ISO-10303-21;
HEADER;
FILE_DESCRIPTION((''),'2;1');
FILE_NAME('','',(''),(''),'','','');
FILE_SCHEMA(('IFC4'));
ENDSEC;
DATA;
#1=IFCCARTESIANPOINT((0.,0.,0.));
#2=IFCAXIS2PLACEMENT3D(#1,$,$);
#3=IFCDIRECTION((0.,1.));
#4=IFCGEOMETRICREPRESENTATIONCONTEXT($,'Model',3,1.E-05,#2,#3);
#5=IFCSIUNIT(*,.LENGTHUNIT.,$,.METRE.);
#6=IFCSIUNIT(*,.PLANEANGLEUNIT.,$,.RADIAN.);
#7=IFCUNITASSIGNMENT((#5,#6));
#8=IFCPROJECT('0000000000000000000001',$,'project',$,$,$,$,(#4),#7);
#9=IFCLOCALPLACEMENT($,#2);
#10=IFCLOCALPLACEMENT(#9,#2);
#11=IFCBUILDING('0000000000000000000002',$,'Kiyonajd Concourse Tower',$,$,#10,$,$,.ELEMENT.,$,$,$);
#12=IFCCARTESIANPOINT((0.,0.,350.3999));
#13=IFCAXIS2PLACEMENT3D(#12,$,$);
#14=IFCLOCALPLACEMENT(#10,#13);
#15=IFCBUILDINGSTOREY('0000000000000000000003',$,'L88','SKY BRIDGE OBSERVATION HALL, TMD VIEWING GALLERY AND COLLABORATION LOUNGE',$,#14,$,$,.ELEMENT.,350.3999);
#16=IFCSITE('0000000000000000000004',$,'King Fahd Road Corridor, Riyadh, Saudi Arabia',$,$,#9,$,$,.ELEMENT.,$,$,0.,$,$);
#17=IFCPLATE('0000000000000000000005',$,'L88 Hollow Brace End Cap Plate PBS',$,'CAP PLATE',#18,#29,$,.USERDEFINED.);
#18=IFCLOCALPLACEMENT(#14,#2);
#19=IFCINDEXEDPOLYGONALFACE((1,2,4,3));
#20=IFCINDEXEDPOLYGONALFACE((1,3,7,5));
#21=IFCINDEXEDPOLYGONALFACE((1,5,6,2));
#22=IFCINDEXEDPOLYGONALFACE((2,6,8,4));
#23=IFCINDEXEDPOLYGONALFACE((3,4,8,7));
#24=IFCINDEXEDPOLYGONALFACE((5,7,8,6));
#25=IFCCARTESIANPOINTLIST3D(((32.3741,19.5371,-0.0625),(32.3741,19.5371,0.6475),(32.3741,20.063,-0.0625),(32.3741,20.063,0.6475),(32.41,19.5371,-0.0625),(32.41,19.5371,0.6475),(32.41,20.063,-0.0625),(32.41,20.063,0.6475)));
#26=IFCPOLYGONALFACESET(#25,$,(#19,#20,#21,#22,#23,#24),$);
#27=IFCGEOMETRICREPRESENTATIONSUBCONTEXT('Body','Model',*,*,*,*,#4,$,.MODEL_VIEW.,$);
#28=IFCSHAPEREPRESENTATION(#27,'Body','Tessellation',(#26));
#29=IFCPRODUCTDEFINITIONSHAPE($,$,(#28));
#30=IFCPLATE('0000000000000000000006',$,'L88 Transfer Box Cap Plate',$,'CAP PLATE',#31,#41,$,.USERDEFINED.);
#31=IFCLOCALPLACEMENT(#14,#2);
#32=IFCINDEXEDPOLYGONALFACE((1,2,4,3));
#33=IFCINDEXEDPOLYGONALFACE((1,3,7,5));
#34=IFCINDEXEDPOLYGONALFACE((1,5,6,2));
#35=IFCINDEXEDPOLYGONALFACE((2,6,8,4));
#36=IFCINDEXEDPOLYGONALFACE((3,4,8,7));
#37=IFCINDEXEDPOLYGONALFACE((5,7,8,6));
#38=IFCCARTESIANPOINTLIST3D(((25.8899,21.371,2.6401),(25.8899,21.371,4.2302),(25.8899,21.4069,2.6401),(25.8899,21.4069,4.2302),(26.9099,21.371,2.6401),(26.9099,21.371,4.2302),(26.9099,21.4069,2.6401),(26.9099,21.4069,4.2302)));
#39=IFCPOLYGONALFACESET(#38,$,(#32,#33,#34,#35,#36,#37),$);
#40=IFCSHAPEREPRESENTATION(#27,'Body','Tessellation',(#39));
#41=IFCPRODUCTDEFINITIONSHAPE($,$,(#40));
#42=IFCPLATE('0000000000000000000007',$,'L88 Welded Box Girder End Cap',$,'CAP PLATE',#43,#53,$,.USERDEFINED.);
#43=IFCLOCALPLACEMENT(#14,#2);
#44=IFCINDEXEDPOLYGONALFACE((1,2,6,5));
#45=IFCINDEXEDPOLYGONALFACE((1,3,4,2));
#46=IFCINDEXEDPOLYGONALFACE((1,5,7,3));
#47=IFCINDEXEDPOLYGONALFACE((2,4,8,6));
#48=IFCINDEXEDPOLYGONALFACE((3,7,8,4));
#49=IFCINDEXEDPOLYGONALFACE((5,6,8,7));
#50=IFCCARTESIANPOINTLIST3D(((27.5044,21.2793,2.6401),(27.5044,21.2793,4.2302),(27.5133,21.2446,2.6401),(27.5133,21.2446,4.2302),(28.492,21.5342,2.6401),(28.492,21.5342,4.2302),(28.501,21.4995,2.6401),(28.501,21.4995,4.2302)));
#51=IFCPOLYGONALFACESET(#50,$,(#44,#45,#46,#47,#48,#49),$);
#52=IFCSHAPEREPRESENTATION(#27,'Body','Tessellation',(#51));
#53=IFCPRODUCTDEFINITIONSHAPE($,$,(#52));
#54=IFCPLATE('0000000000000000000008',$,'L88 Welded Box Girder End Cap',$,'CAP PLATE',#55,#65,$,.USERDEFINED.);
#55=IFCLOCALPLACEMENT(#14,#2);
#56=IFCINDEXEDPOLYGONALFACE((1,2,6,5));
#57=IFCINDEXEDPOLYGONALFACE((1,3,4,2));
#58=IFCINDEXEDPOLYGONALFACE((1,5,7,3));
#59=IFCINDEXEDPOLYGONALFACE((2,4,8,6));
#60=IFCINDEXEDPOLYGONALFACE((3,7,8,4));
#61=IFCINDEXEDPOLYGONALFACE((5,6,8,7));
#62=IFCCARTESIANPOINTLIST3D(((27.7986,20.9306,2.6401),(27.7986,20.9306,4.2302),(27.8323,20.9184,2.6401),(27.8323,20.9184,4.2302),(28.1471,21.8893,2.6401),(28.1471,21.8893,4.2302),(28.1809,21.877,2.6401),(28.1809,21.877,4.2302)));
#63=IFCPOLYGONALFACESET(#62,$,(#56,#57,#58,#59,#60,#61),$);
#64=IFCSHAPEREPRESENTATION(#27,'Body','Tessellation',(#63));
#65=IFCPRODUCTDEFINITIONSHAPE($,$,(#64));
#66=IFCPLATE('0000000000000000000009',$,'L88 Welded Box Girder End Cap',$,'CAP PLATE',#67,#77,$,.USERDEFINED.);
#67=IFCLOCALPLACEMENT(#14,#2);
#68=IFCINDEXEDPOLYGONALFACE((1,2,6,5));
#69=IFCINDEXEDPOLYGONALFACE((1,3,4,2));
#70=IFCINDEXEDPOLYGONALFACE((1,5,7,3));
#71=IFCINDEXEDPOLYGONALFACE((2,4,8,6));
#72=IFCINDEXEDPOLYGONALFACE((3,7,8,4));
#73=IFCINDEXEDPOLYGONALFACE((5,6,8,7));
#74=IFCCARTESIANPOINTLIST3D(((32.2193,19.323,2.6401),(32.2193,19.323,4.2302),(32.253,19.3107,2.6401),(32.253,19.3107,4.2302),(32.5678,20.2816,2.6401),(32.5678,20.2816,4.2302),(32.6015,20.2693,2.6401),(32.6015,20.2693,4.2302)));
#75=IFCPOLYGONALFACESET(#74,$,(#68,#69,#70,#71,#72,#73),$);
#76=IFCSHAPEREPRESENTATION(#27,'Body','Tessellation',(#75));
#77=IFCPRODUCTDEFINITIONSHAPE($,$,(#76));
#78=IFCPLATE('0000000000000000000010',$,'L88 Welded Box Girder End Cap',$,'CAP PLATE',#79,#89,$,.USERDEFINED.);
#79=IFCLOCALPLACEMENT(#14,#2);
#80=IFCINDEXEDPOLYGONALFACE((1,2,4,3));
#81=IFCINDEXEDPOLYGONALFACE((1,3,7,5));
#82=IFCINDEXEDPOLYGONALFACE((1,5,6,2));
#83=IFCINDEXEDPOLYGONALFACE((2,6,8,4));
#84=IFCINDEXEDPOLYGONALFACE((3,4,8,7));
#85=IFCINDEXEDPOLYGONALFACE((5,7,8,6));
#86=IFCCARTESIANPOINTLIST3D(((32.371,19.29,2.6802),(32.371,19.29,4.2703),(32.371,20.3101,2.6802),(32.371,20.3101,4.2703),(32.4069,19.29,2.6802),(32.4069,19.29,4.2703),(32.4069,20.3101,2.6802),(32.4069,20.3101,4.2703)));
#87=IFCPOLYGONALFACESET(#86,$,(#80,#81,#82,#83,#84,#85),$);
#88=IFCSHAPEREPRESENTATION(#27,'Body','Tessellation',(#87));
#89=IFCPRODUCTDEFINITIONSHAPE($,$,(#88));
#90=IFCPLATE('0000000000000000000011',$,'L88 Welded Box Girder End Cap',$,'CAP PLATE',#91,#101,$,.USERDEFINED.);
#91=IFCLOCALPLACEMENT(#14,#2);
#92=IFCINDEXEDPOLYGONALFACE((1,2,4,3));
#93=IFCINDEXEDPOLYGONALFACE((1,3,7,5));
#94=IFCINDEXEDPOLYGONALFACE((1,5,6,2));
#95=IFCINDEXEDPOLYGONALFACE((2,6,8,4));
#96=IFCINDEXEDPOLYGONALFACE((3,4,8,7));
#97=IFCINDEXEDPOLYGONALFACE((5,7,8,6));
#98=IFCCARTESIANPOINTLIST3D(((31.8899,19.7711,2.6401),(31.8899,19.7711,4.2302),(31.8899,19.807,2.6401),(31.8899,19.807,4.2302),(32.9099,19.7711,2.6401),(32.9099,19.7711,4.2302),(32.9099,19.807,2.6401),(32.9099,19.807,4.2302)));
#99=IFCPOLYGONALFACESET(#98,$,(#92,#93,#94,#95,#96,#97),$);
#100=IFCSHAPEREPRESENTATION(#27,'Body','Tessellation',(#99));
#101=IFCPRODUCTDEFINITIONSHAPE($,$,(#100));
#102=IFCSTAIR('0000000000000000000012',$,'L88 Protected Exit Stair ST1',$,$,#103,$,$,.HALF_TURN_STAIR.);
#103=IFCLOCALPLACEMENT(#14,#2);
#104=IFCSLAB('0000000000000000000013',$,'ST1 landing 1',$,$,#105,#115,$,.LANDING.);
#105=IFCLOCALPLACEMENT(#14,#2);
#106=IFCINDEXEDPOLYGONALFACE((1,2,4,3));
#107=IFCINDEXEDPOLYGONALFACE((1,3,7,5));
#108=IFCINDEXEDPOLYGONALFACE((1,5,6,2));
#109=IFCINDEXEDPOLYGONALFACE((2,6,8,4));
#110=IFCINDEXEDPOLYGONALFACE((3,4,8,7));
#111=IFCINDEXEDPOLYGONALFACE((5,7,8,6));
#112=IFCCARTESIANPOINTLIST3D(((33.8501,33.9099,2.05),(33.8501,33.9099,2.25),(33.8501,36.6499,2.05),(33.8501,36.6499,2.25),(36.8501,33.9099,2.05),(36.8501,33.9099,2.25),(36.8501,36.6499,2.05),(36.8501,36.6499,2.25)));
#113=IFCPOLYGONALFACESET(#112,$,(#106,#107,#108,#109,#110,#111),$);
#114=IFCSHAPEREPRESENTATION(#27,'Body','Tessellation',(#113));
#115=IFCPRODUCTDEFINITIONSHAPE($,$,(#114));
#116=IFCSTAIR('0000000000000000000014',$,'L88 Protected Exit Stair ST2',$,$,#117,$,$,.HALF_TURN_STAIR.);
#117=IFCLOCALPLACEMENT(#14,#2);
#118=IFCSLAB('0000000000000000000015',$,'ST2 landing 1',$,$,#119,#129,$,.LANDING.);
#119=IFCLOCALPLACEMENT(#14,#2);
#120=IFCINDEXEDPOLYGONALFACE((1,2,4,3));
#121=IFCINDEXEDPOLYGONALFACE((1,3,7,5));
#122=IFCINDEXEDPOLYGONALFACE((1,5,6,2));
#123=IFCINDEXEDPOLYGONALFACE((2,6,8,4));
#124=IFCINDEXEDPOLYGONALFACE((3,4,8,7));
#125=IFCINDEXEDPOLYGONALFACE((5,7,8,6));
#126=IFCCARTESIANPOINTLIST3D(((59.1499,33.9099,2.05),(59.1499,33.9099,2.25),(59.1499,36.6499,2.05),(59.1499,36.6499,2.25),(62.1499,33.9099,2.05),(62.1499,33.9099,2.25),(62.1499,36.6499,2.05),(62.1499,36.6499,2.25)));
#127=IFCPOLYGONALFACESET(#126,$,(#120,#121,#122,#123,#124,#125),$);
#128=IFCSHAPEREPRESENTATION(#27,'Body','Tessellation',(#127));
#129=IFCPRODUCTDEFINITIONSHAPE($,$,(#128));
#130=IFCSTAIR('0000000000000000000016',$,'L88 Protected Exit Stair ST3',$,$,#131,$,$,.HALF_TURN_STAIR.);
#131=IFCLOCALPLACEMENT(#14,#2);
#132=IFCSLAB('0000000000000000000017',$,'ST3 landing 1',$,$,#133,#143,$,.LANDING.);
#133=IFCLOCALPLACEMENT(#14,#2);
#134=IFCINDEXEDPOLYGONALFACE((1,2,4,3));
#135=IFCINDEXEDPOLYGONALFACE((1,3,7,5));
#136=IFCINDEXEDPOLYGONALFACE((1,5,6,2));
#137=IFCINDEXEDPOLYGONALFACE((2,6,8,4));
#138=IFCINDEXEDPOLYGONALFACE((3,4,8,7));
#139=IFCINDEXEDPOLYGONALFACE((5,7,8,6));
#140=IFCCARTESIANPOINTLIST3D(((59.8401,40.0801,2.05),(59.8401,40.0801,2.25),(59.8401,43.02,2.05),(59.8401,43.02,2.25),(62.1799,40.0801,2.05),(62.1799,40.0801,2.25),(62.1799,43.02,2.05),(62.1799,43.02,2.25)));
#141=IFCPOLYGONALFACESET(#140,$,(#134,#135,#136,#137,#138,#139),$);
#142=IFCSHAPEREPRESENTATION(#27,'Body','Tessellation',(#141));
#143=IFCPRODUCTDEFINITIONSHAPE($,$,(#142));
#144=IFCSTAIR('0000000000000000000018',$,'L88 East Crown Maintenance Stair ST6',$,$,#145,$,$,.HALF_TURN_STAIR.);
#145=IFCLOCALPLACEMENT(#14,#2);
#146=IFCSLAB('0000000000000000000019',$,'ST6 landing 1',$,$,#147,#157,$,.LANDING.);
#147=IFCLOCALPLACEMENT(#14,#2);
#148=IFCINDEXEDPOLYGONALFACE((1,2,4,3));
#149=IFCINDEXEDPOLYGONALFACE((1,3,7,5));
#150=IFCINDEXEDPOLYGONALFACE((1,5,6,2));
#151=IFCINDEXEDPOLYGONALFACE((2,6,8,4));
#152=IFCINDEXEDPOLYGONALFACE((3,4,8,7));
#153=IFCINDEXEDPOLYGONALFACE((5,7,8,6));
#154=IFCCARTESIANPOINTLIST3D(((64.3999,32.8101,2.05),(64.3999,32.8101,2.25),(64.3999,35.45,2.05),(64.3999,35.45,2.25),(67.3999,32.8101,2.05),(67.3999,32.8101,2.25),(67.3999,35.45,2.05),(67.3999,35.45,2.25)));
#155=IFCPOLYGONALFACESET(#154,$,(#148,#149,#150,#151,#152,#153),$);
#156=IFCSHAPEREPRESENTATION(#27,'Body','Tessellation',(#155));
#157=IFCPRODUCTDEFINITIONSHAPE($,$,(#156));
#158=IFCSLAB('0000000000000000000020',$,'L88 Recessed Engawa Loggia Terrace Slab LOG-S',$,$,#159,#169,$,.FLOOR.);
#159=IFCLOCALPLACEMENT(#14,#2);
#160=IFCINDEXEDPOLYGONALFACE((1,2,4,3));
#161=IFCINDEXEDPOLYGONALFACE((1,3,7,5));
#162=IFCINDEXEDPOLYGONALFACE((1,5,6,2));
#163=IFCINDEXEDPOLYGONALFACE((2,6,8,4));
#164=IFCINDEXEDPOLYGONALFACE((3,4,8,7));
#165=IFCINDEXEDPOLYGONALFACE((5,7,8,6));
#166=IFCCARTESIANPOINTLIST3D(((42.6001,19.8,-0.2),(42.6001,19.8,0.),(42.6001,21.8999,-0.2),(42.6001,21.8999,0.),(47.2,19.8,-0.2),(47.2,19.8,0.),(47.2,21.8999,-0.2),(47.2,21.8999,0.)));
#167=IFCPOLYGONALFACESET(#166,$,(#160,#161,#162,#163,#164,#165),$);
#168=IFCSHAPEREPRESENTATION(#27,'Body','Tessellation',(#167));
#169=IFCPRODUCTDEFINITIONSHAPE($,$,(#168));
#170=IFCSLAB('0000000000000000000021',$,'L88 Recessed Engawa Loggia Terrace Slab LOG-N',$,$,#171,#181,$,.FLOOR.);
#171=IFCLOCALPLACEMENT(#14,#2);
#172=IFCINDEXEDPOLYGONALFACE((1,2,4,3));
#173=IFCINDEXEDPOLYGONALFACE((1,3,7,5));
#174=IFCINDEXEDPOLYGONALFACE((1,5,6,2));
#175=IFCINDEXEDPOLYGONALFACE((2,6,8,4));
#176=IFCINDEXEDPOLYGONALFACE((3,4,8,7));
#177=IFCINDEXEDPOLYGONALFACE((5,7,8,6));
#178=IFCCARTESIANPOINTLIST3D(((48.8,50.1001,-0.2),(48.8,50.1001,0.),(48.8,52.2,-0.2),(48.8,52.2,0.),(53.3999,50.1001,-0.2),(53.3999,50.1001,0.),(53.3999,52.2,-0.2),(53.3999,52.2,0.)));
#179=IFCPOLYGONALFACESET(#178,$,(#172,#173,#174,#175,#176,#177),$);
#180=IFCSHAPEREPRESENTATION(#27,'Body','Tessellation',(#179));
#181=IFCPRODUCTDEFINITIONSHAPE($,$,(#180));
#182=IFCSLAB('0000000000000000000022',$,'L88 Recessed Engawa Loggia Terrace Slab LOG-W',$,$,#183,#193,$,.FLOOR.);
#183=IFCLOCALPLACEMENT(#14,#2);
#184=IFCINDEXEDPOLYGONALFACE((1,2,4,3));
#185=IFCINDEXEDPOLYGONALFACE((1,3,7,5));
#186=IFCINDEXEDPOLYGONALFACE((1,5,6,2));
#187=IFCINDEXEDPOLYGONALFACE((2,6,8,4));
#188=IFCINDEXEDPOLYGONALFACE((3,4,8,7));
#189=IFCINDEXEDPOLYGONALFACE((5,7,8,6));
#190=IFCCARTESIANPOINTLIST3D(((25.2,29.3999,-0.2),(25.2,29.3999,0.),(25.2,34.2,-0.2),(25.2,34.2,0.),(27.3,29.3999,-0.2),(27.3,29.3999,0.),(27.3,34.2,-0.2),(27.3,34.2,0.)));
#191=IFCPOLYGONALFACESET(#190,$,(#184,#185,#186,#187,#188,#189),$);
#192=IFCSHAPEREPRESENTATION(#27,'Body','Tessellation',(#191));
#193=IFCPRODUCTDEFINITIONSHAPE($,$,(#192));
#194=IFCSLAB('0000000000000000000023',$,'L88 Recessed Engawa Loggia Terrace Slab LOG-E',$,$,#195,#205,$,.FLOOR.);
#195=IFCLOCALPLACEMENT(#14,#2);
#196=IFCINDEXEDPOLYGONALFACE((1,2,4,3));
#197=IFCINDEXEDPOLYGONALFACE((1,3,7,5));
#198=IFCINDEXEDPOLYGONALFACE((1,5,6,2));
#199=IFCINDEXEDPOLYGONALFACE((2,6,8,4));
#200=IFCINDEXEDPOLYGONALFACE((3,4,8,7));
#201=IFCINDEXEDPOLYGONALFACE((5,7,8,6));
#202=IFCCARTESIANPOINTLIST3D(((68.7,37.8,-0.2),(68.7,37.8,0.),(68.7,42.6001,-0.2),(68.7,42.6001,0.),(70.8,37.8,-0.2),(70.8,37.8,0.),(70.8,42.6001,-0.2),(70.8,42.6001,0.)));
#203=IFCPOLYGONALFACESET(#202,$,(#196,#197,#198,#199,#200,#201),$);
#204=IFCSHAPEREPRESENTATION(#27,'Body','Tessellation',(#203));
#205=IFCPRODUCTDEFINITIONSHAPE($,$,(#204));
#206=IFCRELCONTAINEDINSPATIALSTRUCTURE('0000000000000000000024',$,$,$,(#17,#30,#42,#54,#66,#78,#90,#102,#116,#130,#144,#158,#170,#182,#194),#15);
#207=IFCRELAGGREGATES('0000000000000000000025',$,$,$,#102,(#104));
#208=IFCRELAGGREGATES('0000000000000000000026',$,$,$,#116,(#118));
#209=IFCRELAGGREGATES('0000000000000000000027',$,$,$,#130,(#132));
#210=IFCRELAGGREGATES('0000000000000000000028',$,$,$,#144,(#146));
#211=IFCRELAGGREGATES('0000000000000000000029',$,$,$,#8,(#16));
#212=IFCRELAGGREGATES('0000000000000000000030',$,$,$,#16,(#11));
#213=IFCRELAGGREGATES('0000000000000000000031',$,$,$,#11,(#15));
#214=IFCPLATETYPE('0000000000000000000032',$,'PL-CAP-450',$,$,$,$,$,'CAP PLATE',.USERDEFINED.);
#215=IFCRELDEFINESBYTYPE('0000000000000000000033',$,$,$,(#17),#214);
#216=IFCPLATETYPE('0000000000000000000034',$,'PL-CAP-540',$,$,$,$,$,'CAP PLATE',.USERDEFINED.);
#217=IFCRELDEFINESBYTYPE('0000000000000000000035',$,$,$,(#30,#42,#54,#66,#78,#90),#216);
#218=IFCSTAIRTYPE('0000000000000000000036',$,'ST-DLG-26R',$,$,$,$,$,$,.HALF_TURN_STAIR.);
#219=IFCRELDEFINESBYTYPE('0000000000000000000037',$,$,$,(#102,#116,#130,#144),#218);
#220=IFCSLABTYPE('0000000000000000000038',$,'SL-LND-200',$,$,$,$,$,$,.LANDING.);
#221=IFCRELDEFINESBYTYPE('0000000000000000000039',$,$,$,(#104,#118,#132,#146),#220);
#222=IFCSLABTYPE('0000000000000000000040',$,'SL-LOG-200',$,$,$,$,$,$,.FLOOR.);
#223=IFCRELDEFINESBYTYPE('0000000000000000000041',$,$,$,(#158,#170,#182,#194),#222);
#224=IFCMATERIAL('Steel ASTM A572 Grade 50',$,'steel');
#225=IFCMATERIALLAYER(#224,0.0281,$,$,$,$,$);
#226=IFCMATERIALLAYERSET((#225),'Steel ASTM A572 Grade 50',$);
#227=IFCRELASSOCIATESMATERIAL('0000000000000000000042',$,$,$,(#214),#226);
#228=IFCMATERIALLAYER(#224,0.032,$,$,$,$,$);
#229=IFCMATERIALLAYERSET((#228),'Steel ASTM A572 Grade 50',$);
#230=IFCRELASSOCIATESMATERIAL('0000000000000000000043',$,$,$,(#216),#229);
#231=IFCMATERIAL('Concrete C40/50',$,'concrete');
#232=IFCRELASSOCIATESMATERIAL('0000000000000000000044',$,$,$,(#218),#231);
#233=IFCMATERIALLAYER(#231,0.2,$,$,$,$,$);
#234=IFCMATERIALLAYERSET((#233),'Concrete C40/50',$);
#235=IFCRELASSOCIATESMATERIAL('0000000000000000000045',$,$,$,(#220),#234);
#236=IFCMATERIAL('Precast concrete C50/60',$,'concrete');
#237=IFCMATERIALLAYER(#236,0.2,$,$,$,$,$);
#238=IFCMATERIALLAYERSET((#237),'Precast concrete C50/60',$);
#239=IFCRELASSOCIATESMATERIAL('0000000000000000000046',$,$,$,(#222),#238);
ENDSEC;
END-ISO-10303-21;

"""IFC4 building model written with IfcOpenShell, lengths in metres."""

from ifc_helpers import new_model, si_unit, direction, frame, origin, origin_2d, place, context, subcontext, project, spatial, polyline, rectangle, outline, extrude, material, layer, layer_set, type_object, element, aggregate, save


model = new_model("IFC4")

# Units and contexts
model_context = context("Model", 3, precision=1e-05, world=origin(), true_north=direction((0.0, 1.0)))
body_context = subcontext(model_context, "Body", "Model", "MODEL_VIEW")
ifc_project = project(units=[si_unit("LENGTHUNIT", "METRE"), si_unit("PLANEANGLEUNIT", "RADIAN")], contexts=[model_context])

# Site, building, storey
site_placement = place(None, origin())
site = spatial("IfcSite", under=ifc_project, at=site_placement, Name="King Fahd Road Corridor, Riyadh, Saudi Arabia", CompositionType="ELEMENT", RefElevation=0.0)
building_placement = place(site_placement, origin())
building = spatial("IfcBuilding", under=site, at=building_placement, Name="Kiyonajd Concourse Tower", CompositionType="ELEMENT")
storey_placement = place(building_placement, frame((0.0, 0.0, 350.3999)))
storey = spatial("IfcBuildingStorey", under=building, at=storey_placement, Name="L88", Description="SKY BRIDGE OBSERVATION HALL, TMD VIEWING GALLERY AND COLLABORATION LOUNGE", CompositionType="ELEMENT", Elevation=350.3999)

# Shared definitions
ifc_material_1 = material(Name="Steel ASTM A572 Grade 50", Category="steel")

# Plates
ifc_layer_1 = layer(ifc_material_1, 0.0281)
ifc_layer_set_1 = layer_set([ifc_layer_1], Name="Steel ASTM A572 Grade 50")
plate_type_1 = type_object("IfcPlateType", Name="PL-CAP-450", ElementType="CAP PLATE", PredefinedType="USERDEFINED", material=ifc_layer_set_1)
plate_placement = place(storey_placement, frame((32.3921, 19.8, -0.0625), z_axis=(0.0, 0.0, 1.0), x_axis=(-1.0, 0.0, 0.0)))
element("IfcPlate", 1, at=plate_placement, inside=storey, type_object=plate_type_1, Name="L88 Hollow Brace End Cap Plate PBS", ObjectType="CAP PLATE", PredefinedType="USERDEFINED", context=body_context, shape_type="SweptSolid", body=[
    extrude(rectangle(XDim=0.0359, YDim=0.5259, at=origin_2d()), origin(), (0.0, 0.0, 1.0), 0.71),
])
ifc_layer_2 = layer(ifc_material_1, 0.032)
ifc_layer_set_2 = layer_set([ifc_layer_2], Name="Steel ASTM A572 Grade 50")
plate_type_2 = type_object("IfcPlateType", Name="PL-CAP-540", ElementType="CAP PLATE", PredefinedType="USERDEFINED", material=ifc_layer_set_2)
for number, where, z_axis, x_axis, name in (
    (2, (26.3999, 21.3889, 2.6401), (0.0, 0.0, 1.0), (0.0, -1.0, 0.0), "L88 Transfer Box Cap Plate"),
    (3, (28.0027, 21.3894, 2.6401), (0.0, 0.0, 1.0), (0.249873, -0.968279, 0.0), "L88 Welded Box Girder End Cap"),
    (4, (27.9897, 21.4038, 2.6401), (0.0, 0.0, 1.0), (-0.939812, 0.341692, 0.0), "L88 Welded Box Girder End Cap"),
    (5, (32.4104, 19.7961, 2.6401), (0.0, 0.0, 1.0), (0.939812, -0.341692, 0.0), "L88 Welded Box Girder End Cap"),
    (6, (32.3889, 19.8, 2.6802), (0.0, 0.0, 1.0), (-1.0, 0.0, 0.0), "L88 Welded Box Girder End Cap"),
    (7, (32.3999, 19.7891, 2.6401), (0.0, 0.0, 1.0), (0.0, -1.0, 0.0), "L88 Welded Box Girder End Cap"),
):
    element("IfcPlate", number, at=place(storey_placement, frame(where, z_axis=z_axis, x_axis=x_axis)), inside=storey, type_object=plate_type_2, Name=name, ObjectType="CAP PLATE", PredefinedType="USERDEFINED", context=body_context, shape_type="SweptSolid", body=[
        extrude(rectangle(XDim=0.0359, YDim=1.02, at=origin_2d()), origin(), (0.0, 0.0, 1.0), 1.5901),
    ])

# Stairs, slabs
ifc_material_2 = material(Name="Concrete C40/50", Category="concrete")
stair_type = type_object("IfcStairType", Name="ST-DLG-26R", PredefinedType="HALF_TURN_STAIR", material=ifc_material_2)
stair_1_placement = place(storey_placement, origin())
stair_1 = element("IfcStair", 8, at=stair_1_placement, inside=storey, type_object=stair_type, Name="L88 Protected Exit Stair ST1", PredefinedType="HALF_TURN_STAIR")
ifc_layer_3 = layer(ifc_material_2, 0.2)
ifc_layer_set_3 = layer_set([ifc_layer_3], Name="Concrete C40/50")
slab_type_1 = type_object("IfcSlabType", Name="SL-LND-200", PredefinedType="LANDING", material=ifc_layer_set_3)
slab_1_placement = place(storey_placement, frame((0.0, 0.0, 2.05)))
slab_1 = element("IfcSlab", 9, at=slab_1_placement, type_object=slab_type_1, Name="ST1 landing 1", PredefinedType="LANDING", context=body_context, shape_type="SweptSolid", body=[
    extrude(outline(polyline([(36.8501, 33.9099), (36.8501, 36.6499), (33.8501, 36.6499), (33.8501, 33.9099), (36.8501, 33.9099)])), origin(), (0.0, 0.0, 1.0), 0.2),
])
aggregate(stair_1, [slab_1])
stair_2_placement = place(storey_placement, origin())
stair_2 = element("IfcStair", 10, at=stair_2_placement, inside=storey, type_object=stair_type, Name="L88 Protected Exit Stair ST2", PredefinedType="HALF_TURN_STAIR")
slab_2_placement = place(storey_placement, frame((0.0, 0.0, 2.05)))
slab_2 = element("IfcSlab", 11, at=slab_2_placement, type_object=slab_type_1, Name="ST2 landing 1", PredefinedType="LANDING", context=body_context, shape_type="SweptSolid", body=[
    extrude(outline(polyline([(62.1499, 33.9099), (62.1499, 36.6499), (59.1499, 36.6499), (59.1499, 33.9099), (62.1499, 33.9099)])), origin(), (0.0, 0.0, 1.0), 0.2),
])
aggregate(stair_2, [slab_2])
stair_3_placement = place(storey_placement, origin())
stair_3 = element("IfcStair", 12, at=stair_3_placement, inside=storey, type_object=stair_type, Name="L88 Protected Exit Stair ST3", PredefinedType="HALF_TURN_STAIR")
slab_3_placement = place(storey_placement, frame((0.0, 0.0, 2.05)))
slab_3 = element("IfcSlab", 13, at=slab_3_placement, type_object=slab_type_1, Name="ST3 landing 1", PredefinedType="LANDING", context=body_context, shape_type="SweptSolid", body=[
    extrude(outline(polyline([(59.8401, 40.0801), (62.1799, 40.0801), (62.1799, 43.02), (59.8401, 43.02), (59.8401, 40.0801)])), origin(), (0.0, 0.0, 1.0), 0.2),
])
aggregate(stair_3, [slab_3])
stair_4_placement = place(storey_placement, origin())
stair_4 = element("IfcStair", 14, at=stair_4_placement, inside=storey, type_object=stair_type, Name="L88 East Crown Maintenance Stair ST6", PredefinedType="HALF_TURN_STAIR")
slab_4_placement = place(storey_placement, frame((0.0, 0.0, 2.05)))
slab_4 = element("IfcSlab", 15, at=slab_4_placement, type_object=slab_type_1, Name="ST6 landing 1", PredefinedType="LANDING", context=body_context, shape_type="SweptSolid", body=[
    extrude(outline(polyline([(67.3999, 32.8101), (67.3999, 35.45), (64.3999, 35.45), (64.3999, 32.8101), (67.3999, 32.8101)])), origin(), (0.0, 0.0, 1.0), 0.2),
])
aggregate(stair_4, [slab_4])

# Slabs
ifc_material_3 = material(Name="Precast concrete C50/60", Category="concrete")
ifc_layer_4 = layer(ifc_material_3, 0.2)
ifc_layer_set_4 = layer_set([ifc_layer_4], Name="Precast concrete C50/60")
slab_type_2 = type_object("IfcSlabType", Name="SL-LOG-200", PredefinedType="FLOOR", material=ifc_layer_set_4)
slab_5_placement = place(storey_placement, frame((0.0, 0.0, -0.2)))
element("IfcSlab", 16, at=slab_5_placement, inside=storey, type_object=slab_type_2, Name="L88 Recessed Engawa Loggia Terrace Slab LOG-S", PredefinedType="FLOOR", context=body_context, shape_type="SweptSolid", body=[
    extrude(outline(polyline([(42.6001, 19.8), (47.2, 19.8), (47.2, 21.8999), (42.6001, 21.8999), (42.6001, 19.8)])), origin(), (0.0, 0.0, 1.0), 0.2),
])
slab_6_placement = place(storey_placement, frame((0.0, 0.0, -0.2)))
element("IfcSlab", 17, at=slab_6_placement, inside=storey, type_object=slab_type_2, Name="L88 Recessed Engawa Loggia Terrace Slab LOG-N", PredefinedType="FLOOR", context=body_context, shape_type="SweptSolid", body=[
    extrude(outline(polyline([(48.8, 50.1001), (53.3999, 50.1001), (53.3999, 52.2), (48.8, 52.2), (48.8, 50.1001)])), origin(), (0.0, 0.0, 1.0), 0.2),
])
slab_7_placement = place(storey_placement, frame((0.0, 0.0, -0.2)))
element("IfcSlab", 18, at=slab_7_placement, inside=storey, type_object=slab_type_2, Name="L88 Recessed Engawa Loggia Terrace Slab LOG-W", PredefinedType="FLOOR", context=body_context, shape_type="SweptSolid", body=[
    extrude(outline(polyline([(25.2, 29.3999), (27.3, 29.3999), (27.3, 34.2), (25.2, 34.2), (25.2, 29.3999)])), origin(), (0.0, 0.0, 1.0), 0.2),
])
slab_8_placement = place(storey_placement, frame((0.0, 0.0, -0.2)))
element("IfcSlab", 19, at=slab_8_placement, inside=storey, type_object=slab_type_2, Name="L88 Recessed Engawa Loggia Terrace Slab LOG-E", PredefinedType="FLOOR", context=body_context, shape_type="SweptSolid", body=[
    extrude(outline(polyline([(68.7, 37.8), (70.8, 37.8), (70.8, 42.6001), (68.7, 42.6001), (68.7, 37.8)])), origin(), (0.0, 0.0, 1.0), 0.2),
])

save(model, "model.ifc")
